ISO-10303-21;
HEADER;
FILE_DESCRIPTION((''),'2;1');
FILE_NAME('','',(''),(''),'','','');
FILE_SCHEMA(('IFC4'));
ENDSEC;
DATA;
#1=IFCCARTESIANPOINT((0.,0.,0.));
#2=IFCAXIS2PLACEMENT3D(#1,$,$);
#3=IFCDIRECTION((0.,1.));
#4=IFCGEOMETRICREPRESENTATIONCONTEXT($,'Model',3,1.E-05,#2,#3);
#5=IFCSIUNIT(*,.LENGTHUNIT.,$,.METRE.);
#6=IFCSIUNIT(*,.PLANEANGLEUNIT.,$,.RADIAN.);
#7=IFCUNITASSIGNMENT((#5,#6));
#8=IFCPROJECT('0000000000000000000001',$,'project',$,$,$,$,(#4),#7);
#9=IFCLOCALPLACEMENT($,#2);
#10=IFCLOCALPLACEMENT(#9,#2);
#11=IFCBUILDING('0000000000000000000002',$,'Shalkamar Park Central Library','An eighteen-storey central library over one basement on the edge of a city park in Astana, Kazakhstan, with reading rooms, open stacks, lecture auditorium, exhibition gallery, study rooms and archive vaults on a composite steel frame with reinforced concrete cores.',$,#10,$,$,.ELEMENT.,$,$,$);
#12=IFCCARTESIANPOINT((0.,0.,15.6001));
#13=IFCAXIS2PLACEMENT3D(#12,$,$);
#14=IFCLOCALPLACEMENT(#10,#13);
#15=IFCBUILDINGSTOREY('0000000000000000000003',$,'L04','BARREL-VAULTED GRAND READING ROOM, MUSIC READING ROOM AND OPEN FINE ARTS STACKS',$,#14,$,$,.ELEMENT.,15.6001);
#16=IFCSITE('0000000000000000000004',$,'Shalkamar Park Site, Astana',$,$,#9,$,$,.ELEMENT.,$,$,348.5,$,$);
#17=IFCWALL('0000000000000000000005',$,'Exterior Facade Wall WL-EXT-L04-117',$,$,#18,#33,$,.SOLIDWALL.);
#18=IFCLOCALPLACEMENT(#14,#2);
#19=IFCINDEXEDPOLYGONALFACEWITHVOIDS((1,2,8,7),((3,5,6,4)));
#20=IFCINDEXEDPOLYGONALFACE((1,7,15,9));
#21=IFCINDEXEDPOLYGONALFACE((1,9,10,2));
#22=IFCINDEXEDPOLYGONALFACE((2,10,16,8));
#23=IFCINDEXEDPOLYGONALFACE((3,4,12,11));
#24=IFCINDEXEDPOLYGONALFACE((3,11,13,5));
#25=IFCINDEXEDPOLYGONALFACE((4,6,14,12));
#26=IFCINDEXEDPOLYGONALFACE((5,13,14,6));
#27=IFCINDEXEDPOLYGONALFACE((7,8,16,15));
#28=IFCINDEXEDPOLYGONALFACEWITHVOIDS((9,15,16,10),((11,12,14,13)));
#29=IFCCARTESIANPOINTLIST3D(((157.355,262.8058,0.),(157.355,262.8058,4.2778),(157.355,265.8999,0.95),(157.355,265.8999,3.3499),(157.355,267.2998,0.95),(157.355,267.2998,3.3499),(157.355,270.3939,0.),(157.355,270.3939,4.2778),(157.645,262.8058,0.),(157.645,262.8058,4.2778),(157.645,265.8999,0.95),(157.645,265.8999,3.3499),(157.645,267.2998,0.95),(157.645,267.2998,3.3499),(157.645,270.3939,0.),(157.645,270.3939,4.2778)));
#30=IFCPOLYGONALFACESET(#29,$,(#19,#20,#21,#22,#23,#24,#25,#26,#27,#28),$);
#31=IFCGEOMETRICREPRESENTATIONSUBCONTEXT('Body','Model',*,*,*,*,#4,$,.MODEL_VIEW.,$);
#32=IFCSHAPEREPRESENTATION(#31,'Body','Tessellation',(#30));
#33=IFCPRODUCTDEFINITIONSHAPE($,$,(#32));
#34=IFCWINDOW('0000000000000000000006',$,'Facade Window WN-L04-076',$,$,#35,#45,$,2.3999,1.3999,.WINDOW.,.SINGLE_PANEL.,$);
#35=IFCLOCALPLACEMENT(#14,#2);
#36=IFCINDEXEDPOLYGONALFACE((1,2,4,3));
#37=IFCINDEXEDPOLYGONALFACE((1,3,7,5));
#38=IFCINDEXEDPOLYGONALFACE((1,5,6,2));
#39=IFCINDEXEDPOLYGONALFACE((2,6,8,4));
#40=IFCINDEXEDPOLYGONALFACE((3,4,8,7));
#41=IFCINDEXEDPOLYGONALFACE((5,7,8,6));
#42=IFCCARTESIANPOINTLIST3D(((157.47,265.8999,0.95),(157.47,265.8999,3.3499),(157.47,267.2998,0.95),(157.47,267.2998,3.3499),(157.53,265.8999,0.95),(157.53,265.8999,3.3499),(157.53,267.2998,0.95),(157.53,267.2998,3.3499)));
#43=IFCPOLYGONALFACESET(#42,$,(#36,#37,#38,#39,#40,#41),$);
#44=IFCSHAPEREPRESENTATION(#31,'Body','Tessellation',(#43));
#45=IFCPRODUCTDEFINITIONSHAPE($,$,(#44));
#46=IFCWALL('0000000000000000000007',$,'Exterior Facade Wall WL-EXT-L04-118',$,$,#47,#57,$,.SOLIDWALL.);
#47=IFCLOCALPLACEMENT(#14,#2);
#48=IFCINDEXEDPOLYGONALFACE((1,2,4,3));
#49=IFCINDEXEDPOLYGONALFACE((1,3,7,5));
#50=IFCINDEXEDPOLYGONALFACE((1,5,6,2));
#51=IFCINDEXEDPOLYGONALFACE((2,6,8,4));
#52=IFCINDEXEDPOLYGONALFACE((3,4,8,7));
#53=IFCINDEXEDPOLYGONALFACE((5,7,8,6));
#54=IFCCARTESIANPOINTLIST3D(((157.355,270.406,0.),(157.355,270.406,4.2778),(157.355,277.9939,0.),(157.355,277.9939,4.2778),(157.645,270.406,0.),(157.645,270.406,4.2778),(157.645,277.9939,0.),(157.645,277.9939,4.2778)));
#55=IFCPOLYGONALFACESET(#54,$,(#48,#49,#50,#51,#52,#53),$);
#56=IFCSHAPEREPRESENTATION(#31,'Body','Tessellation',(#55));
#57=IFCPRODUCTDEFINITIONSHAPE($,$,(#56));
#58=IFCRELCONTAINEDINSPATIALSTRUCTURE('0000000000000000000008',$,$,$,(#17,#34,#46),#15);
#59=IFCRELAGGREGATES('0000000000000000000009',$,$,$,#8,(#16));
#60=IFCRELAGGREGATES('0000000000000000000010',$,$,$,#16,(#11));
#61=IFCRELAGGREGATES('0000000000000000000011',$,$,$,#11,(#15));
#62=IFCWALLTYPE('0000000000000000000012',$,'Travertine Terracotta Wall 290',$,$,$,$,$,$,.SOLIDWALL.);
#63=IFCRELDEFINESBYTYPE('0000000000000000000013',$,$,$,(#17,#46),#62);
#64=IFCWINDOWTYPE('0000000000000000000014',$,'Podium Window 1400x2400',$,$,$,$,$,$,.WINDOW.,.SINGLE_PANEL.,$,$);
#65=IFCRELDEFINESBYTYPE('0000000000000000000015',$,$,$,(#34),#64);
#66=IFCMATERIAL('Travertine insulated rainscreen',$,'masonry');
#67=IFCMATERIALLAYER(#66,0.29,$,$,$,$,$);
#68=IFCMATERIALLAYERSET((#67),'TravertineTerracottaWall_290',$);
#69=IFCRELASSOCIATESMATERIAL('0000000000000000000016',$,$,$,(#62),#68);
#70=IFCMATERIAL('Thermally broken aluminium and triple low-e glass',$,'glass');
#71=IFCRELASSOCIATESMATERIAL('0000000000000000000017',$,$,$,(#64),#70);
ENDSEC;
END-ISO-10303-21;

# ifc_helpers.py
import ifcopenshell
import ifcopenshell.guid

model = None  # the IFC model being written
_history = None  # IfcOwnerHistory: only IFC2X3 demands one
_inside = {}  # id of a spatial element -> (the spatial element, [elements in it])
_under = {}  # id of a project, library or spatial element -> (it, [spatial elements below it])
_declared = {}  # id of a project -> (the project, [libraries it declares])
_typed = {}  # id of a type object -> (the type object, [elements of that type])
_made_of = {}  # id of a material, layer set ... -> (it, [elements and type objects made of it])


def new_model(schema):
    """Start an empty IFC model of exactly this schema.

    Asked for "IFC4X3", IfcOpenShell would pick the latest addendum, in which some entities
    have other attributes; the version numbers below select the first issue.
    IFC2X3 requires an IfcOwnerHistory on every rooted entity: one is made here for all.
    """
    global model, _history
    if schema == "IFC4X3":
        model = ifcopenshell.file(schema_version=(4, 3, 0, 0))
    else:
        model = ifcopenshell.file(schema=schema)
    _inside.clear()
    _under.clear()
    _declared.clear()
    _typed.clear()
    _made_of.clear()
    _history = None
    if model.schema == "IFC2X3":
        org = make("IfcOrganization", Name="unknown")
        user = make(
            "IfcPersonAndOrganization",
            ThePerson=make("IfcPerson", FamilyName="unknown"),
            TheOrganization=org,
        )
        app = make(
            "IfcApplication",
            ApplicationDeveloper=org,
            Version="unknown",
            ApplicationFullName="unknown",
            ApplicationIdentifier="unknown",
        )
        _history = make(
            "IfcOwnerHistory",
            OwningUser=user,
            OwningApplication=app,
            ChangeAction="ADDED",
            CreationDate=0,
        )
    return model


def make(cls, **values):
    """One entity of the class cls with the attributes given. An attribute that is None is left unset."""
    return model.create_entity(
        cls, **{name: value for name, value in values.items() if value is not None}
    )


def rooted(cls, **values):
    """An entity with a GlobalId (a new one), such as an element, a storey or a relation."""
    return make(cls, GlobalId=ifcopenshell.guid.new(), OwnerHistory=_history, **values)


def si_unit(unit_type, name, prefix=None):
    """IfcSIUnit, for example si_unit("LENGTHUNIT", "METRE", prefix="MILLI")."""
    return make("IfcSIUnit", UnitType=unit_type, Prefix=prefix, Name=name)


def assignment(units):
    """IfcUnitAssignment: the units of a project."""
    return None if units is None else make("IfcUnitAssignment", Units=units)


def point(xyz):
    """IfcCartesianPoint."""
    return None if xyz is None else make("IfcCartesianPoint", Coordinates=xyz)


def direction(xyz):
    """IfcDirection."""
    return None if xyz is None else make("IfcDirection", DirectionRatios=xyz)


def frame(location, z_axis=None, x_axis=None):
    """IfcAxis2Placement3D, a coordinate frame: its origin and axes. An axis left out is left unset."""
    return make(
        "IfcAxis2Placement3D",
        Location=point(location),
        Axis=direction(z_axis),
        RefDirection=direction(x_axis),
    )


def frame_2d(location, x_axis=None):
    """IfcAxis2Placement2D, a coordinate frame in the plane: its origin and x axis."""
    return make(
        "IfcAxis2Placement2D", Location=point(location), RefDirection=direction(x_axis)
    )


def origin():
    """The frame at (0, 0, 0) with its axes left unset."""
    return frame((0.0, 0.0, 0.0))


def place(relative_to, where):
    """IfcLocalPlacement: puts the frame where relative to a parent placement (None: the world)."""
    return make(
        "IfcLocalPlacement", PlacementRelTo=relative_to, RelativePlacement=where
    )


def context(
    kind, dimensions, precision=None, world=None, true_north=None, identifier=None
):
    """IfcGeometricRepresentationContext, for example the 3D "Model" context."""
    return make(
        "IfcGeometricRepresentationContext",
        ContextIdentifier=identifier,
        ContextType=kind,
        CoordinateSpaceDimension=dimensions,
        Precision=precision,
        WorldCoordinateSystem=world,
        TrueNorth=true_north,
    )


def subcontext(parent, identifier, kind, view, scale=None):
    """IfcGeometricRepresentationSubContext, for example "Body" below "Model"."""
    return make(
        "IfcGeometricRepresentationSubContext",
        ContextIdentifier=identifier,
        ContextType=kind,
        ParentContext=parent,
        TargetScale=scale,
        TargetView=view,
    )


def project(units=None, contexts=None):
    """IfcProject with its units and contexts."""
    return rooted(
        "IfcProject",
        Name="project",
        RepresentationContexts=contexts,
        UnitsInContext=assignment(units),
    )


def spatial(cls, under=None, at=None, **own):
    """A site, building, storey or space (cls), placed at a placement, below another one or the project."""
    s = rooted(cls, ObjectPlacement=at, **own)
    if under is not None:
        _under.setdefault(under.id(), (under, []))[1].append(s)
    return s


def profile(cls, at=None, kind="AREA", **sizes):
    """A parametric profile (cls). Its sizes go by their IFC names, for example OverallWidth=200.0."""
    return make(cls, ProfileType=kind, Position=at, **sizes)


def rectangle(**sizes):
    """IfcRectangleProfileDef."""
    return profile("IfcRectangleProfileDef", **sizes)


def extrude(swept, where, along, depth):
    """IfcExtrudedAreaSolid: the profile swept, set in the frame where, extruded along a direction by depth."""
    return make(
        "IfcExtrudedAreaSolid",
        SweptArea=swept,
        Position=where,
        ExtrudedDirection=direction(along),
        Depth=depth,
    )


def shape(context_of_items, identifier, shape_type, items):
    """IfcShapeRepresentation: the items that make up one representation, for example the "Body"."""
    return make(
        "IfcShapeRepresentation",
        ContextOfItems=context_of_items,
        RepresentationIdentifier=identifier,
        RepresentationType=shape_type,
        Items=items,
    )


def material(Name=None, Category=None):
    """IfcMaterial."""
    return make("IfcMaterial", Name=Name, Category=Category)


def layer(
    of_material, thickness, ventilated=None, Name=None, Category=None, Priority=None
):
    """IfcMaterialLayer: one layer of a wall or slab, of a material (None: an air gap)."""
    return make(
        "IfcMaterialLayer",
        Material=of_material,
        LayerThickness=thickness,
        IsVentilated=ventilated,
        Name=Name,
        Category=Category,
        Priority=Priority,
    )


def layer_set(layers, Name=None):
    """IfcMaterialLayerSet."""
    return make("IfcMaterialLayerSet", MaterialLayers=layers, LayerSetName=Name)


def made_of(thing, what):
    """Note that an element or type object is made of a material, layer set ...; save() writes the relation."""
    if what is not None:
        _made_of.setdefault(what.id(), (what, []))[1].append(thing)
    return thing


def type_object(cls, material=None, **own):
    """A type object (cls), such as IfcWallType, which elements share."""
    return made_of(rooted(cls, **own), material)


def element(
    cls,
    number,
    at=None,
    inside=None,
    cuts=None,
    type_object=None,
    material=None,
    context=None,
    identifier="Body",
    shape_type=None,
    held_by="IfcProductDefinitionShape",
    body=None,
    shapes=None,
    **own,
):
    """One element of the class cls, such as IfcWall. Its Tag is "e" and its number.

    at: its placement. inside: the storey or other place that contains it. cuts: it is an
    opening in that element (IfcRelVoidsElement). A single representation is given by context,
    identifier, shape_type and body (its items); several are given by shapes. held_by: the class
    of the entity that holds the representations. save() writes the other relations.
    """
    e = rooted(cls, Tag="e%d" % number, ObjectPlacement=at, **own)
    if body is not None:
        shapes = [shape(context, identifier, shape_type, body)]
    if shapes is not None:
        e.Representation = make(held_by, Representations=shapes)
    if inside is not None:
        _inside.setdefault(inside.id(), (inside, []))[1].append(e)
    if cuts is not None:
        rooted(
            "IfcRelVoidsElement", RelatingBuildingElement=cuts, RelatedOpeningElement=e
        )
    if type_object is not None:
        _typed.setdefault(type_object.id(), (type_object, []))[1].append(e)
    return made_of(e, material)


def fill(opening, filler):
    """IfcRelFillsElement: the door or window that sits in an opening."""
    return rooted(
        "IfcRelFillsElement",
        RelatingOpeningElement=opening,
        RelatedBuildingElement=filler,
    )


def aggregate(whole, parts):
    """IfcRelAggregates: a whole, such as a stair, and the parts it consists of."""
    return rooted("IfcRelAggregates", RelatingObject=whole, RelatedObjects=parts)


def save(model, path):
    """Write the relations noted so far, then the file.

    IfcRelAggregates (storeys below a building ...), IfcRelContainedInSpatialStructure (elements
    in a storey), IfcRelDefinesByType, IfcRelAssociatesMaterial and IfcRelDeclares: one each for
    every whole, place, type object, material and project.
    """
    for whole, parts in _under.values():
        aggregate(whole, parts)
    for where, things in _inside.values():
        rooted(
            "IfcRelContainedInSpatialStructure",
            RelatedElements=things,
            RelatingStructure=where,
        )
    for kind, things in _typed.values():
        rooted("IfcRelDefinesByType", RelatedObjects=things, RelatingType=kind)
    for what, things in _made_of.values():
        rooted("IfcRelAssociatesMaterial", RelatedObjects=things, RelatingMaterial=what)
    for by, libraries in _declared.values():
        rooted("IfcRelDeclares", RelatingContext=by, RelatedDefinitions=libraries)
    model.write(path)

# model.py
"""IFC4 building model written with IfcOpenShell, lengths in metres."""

from ifc_helpers import new_model, si_unit, direction, frame, frame_2d, origin, place, context, subcontext, project, spatial, rectangle, extrude, material, layer, layer_set, type_object, element, fill, save


model = new_model("IFC4")

# Units and contexts
model_context = context("Model", 3, precision=1e-05, world=origin(), true_north=direction((0.0, 1.0)))
body_context = subcontext(model_context, "Body", "Model", "MODEL_VIEW")
ifc_project = project(units=[si_unit("LENGTHUNIT", "METRE"), si_unit("PLANEANGLEUNIT", "RADIAN")], contexts=[model_context])

# Site, building, storey
site_placement = place(None, origin())
site = spatial("IfcSite", under=ifc_project, at=site_placement, Name="Shalkamar Park Site, Astana", CompositionType="ELEMENT", RefElevation=348.5)
building_placement = place(site_placement, origin())
building = spatial("IfcBuilding", under=site, at=building_placement, Name="Shalkamar Park Central Library", Description="An eighteen-storey central library over one basement on the edge of a city park in Astana, Kazakhstan, with reading rooms, open stacks, lecture auditorium, exhibition gallery, study rooms and archive vaults on a composite steel frame with reinforced concrete cores.", CompositionType="ELEMENT")
storey_placement = place(building_placement, frame((0.0, 0.0, 15.6001)))
storey = spatial("IfcBuildingStorey", under=building, at=storey_placement, Name="L04", Description="BARREL-VAULTED GRAND READING ROOM, MUSIC READING ROOM AND OPEN FINE ARTS STACKS", CompositionType="ELEMENT", Elevation=15.6001)

# Wall, opening, window
ifc_material_1 = material(Name="Travertine insulated rainscreen", Category="masonry")
ifc_layer_1 = layer(ifc_material_1, 0.29)
ifc_layer_set_1 = layer_set([ifc_layer_1], Name="TravertineTerracottaWall_290")
wall_type_1 = type_object("IfcWallType", Name="Travertine Terracotta Wall 290", PredefinedType="SOLIDWALL", material=ifc_layer_set_1)
ifc_material_2 = material(Name="Thermally broken aluminium and triple low-e glass", Category="glass")
wall_1_placement = place(storey_placement, frame((157.5, 262.8059, 0.0), z_axis=(0.0, 0.0, 1.0), x_axis=(0.0, 1.0, 0.0)))
wall_1 = element("IfcWall", 1, at=wall_1_placement, inside=storey, type_object=wall_type_1, Name="Exterior Facade Wall WL-EXT-L04-117", PredefinedType="SOLIDWALL", context=body_context, shape_type="SweptSolid", body=[
    extrude(rectangle(XDim=7.5881, YDim=0.29, at=frame_2d((3.7939, 0.0))), origin(), (0.0, 0.0, 1.0), 4.2778),
])
opening_1_placement = place(wall_1_placement, frame((3.094, 0.0, 0.95)))
opening_1 = element("IfcOpeningElement", 2, at=opening_1_placement, cuts=wall_1, PredefinedType="OPENING", context=body_context, shape_type="SweptSolid", body=[
    extrude(rectangle(XDim=1.3999, YDim=2.3999, at=frame_2d((0.7, 1.2))), frame((0.0, 0.1599, 0.0), z_axis=(0.0, -1.0, 0.0), x_axis=(1.0, 0.0, 0.0)), (0.0, 0.0, 1.0), 0.3198),
])
window_type_1 = type_object("IfcWindowType", Name="Podium Window 1400x2400", PartitioningType="SINGLE_PANEL", PredefinedType="WINDOW", material=ifc_material_2)
window_1_placement = place(opening_1_placement, origin())
window_1 = element("IfcWindow", 3, at=window_1_placement, inside=storey, type_object=window_type_1, Name="Facade Window WN-L04-076", OverallHeight=2.3999, OverallWidth=1.3999, PartitioningType="SINGLE_PANEL", PredefinedType="WINDOW", context=body_context, shape_type="SweptSolid", body=[
    extrude(rectangle(XDim=1.3999, YDim=2.3999, at=frame_2d((0.7, 1.2))), frame((0.0, 0.03, 0.0), z_axis=(0.0, -1.0, 0.0), x_axis=(1.0, 0.0, 0.0)), (0.0, 0.0, 1.0), 0.0601),
])
fill(opening_1, window_1)

# Wall
wall_2_placement = place(storey_placement, frame((157.5, 270.406, 0.0), z_axis=(0.0, 0.0, 1.0), x_axis=(0.0, 1.0, 0.0)))
element("IfcWall", 4, at=wall_2_placement, inside=storey, type_object=wall_type_1, Name="Exterior Facade Wall WL-EXT-L04-118", PredefinedType="SOLIDWALL", context=body_context, shape_type="SweptSolid", body=[
    extrude(rectangle(XDim=7.5879, YDim=0.29, at=frame_2d((3.7939, 0.0))), origin(), (0.0, 0.0, 1.0), 4.2778),
])

save(model, "model.ifc")
